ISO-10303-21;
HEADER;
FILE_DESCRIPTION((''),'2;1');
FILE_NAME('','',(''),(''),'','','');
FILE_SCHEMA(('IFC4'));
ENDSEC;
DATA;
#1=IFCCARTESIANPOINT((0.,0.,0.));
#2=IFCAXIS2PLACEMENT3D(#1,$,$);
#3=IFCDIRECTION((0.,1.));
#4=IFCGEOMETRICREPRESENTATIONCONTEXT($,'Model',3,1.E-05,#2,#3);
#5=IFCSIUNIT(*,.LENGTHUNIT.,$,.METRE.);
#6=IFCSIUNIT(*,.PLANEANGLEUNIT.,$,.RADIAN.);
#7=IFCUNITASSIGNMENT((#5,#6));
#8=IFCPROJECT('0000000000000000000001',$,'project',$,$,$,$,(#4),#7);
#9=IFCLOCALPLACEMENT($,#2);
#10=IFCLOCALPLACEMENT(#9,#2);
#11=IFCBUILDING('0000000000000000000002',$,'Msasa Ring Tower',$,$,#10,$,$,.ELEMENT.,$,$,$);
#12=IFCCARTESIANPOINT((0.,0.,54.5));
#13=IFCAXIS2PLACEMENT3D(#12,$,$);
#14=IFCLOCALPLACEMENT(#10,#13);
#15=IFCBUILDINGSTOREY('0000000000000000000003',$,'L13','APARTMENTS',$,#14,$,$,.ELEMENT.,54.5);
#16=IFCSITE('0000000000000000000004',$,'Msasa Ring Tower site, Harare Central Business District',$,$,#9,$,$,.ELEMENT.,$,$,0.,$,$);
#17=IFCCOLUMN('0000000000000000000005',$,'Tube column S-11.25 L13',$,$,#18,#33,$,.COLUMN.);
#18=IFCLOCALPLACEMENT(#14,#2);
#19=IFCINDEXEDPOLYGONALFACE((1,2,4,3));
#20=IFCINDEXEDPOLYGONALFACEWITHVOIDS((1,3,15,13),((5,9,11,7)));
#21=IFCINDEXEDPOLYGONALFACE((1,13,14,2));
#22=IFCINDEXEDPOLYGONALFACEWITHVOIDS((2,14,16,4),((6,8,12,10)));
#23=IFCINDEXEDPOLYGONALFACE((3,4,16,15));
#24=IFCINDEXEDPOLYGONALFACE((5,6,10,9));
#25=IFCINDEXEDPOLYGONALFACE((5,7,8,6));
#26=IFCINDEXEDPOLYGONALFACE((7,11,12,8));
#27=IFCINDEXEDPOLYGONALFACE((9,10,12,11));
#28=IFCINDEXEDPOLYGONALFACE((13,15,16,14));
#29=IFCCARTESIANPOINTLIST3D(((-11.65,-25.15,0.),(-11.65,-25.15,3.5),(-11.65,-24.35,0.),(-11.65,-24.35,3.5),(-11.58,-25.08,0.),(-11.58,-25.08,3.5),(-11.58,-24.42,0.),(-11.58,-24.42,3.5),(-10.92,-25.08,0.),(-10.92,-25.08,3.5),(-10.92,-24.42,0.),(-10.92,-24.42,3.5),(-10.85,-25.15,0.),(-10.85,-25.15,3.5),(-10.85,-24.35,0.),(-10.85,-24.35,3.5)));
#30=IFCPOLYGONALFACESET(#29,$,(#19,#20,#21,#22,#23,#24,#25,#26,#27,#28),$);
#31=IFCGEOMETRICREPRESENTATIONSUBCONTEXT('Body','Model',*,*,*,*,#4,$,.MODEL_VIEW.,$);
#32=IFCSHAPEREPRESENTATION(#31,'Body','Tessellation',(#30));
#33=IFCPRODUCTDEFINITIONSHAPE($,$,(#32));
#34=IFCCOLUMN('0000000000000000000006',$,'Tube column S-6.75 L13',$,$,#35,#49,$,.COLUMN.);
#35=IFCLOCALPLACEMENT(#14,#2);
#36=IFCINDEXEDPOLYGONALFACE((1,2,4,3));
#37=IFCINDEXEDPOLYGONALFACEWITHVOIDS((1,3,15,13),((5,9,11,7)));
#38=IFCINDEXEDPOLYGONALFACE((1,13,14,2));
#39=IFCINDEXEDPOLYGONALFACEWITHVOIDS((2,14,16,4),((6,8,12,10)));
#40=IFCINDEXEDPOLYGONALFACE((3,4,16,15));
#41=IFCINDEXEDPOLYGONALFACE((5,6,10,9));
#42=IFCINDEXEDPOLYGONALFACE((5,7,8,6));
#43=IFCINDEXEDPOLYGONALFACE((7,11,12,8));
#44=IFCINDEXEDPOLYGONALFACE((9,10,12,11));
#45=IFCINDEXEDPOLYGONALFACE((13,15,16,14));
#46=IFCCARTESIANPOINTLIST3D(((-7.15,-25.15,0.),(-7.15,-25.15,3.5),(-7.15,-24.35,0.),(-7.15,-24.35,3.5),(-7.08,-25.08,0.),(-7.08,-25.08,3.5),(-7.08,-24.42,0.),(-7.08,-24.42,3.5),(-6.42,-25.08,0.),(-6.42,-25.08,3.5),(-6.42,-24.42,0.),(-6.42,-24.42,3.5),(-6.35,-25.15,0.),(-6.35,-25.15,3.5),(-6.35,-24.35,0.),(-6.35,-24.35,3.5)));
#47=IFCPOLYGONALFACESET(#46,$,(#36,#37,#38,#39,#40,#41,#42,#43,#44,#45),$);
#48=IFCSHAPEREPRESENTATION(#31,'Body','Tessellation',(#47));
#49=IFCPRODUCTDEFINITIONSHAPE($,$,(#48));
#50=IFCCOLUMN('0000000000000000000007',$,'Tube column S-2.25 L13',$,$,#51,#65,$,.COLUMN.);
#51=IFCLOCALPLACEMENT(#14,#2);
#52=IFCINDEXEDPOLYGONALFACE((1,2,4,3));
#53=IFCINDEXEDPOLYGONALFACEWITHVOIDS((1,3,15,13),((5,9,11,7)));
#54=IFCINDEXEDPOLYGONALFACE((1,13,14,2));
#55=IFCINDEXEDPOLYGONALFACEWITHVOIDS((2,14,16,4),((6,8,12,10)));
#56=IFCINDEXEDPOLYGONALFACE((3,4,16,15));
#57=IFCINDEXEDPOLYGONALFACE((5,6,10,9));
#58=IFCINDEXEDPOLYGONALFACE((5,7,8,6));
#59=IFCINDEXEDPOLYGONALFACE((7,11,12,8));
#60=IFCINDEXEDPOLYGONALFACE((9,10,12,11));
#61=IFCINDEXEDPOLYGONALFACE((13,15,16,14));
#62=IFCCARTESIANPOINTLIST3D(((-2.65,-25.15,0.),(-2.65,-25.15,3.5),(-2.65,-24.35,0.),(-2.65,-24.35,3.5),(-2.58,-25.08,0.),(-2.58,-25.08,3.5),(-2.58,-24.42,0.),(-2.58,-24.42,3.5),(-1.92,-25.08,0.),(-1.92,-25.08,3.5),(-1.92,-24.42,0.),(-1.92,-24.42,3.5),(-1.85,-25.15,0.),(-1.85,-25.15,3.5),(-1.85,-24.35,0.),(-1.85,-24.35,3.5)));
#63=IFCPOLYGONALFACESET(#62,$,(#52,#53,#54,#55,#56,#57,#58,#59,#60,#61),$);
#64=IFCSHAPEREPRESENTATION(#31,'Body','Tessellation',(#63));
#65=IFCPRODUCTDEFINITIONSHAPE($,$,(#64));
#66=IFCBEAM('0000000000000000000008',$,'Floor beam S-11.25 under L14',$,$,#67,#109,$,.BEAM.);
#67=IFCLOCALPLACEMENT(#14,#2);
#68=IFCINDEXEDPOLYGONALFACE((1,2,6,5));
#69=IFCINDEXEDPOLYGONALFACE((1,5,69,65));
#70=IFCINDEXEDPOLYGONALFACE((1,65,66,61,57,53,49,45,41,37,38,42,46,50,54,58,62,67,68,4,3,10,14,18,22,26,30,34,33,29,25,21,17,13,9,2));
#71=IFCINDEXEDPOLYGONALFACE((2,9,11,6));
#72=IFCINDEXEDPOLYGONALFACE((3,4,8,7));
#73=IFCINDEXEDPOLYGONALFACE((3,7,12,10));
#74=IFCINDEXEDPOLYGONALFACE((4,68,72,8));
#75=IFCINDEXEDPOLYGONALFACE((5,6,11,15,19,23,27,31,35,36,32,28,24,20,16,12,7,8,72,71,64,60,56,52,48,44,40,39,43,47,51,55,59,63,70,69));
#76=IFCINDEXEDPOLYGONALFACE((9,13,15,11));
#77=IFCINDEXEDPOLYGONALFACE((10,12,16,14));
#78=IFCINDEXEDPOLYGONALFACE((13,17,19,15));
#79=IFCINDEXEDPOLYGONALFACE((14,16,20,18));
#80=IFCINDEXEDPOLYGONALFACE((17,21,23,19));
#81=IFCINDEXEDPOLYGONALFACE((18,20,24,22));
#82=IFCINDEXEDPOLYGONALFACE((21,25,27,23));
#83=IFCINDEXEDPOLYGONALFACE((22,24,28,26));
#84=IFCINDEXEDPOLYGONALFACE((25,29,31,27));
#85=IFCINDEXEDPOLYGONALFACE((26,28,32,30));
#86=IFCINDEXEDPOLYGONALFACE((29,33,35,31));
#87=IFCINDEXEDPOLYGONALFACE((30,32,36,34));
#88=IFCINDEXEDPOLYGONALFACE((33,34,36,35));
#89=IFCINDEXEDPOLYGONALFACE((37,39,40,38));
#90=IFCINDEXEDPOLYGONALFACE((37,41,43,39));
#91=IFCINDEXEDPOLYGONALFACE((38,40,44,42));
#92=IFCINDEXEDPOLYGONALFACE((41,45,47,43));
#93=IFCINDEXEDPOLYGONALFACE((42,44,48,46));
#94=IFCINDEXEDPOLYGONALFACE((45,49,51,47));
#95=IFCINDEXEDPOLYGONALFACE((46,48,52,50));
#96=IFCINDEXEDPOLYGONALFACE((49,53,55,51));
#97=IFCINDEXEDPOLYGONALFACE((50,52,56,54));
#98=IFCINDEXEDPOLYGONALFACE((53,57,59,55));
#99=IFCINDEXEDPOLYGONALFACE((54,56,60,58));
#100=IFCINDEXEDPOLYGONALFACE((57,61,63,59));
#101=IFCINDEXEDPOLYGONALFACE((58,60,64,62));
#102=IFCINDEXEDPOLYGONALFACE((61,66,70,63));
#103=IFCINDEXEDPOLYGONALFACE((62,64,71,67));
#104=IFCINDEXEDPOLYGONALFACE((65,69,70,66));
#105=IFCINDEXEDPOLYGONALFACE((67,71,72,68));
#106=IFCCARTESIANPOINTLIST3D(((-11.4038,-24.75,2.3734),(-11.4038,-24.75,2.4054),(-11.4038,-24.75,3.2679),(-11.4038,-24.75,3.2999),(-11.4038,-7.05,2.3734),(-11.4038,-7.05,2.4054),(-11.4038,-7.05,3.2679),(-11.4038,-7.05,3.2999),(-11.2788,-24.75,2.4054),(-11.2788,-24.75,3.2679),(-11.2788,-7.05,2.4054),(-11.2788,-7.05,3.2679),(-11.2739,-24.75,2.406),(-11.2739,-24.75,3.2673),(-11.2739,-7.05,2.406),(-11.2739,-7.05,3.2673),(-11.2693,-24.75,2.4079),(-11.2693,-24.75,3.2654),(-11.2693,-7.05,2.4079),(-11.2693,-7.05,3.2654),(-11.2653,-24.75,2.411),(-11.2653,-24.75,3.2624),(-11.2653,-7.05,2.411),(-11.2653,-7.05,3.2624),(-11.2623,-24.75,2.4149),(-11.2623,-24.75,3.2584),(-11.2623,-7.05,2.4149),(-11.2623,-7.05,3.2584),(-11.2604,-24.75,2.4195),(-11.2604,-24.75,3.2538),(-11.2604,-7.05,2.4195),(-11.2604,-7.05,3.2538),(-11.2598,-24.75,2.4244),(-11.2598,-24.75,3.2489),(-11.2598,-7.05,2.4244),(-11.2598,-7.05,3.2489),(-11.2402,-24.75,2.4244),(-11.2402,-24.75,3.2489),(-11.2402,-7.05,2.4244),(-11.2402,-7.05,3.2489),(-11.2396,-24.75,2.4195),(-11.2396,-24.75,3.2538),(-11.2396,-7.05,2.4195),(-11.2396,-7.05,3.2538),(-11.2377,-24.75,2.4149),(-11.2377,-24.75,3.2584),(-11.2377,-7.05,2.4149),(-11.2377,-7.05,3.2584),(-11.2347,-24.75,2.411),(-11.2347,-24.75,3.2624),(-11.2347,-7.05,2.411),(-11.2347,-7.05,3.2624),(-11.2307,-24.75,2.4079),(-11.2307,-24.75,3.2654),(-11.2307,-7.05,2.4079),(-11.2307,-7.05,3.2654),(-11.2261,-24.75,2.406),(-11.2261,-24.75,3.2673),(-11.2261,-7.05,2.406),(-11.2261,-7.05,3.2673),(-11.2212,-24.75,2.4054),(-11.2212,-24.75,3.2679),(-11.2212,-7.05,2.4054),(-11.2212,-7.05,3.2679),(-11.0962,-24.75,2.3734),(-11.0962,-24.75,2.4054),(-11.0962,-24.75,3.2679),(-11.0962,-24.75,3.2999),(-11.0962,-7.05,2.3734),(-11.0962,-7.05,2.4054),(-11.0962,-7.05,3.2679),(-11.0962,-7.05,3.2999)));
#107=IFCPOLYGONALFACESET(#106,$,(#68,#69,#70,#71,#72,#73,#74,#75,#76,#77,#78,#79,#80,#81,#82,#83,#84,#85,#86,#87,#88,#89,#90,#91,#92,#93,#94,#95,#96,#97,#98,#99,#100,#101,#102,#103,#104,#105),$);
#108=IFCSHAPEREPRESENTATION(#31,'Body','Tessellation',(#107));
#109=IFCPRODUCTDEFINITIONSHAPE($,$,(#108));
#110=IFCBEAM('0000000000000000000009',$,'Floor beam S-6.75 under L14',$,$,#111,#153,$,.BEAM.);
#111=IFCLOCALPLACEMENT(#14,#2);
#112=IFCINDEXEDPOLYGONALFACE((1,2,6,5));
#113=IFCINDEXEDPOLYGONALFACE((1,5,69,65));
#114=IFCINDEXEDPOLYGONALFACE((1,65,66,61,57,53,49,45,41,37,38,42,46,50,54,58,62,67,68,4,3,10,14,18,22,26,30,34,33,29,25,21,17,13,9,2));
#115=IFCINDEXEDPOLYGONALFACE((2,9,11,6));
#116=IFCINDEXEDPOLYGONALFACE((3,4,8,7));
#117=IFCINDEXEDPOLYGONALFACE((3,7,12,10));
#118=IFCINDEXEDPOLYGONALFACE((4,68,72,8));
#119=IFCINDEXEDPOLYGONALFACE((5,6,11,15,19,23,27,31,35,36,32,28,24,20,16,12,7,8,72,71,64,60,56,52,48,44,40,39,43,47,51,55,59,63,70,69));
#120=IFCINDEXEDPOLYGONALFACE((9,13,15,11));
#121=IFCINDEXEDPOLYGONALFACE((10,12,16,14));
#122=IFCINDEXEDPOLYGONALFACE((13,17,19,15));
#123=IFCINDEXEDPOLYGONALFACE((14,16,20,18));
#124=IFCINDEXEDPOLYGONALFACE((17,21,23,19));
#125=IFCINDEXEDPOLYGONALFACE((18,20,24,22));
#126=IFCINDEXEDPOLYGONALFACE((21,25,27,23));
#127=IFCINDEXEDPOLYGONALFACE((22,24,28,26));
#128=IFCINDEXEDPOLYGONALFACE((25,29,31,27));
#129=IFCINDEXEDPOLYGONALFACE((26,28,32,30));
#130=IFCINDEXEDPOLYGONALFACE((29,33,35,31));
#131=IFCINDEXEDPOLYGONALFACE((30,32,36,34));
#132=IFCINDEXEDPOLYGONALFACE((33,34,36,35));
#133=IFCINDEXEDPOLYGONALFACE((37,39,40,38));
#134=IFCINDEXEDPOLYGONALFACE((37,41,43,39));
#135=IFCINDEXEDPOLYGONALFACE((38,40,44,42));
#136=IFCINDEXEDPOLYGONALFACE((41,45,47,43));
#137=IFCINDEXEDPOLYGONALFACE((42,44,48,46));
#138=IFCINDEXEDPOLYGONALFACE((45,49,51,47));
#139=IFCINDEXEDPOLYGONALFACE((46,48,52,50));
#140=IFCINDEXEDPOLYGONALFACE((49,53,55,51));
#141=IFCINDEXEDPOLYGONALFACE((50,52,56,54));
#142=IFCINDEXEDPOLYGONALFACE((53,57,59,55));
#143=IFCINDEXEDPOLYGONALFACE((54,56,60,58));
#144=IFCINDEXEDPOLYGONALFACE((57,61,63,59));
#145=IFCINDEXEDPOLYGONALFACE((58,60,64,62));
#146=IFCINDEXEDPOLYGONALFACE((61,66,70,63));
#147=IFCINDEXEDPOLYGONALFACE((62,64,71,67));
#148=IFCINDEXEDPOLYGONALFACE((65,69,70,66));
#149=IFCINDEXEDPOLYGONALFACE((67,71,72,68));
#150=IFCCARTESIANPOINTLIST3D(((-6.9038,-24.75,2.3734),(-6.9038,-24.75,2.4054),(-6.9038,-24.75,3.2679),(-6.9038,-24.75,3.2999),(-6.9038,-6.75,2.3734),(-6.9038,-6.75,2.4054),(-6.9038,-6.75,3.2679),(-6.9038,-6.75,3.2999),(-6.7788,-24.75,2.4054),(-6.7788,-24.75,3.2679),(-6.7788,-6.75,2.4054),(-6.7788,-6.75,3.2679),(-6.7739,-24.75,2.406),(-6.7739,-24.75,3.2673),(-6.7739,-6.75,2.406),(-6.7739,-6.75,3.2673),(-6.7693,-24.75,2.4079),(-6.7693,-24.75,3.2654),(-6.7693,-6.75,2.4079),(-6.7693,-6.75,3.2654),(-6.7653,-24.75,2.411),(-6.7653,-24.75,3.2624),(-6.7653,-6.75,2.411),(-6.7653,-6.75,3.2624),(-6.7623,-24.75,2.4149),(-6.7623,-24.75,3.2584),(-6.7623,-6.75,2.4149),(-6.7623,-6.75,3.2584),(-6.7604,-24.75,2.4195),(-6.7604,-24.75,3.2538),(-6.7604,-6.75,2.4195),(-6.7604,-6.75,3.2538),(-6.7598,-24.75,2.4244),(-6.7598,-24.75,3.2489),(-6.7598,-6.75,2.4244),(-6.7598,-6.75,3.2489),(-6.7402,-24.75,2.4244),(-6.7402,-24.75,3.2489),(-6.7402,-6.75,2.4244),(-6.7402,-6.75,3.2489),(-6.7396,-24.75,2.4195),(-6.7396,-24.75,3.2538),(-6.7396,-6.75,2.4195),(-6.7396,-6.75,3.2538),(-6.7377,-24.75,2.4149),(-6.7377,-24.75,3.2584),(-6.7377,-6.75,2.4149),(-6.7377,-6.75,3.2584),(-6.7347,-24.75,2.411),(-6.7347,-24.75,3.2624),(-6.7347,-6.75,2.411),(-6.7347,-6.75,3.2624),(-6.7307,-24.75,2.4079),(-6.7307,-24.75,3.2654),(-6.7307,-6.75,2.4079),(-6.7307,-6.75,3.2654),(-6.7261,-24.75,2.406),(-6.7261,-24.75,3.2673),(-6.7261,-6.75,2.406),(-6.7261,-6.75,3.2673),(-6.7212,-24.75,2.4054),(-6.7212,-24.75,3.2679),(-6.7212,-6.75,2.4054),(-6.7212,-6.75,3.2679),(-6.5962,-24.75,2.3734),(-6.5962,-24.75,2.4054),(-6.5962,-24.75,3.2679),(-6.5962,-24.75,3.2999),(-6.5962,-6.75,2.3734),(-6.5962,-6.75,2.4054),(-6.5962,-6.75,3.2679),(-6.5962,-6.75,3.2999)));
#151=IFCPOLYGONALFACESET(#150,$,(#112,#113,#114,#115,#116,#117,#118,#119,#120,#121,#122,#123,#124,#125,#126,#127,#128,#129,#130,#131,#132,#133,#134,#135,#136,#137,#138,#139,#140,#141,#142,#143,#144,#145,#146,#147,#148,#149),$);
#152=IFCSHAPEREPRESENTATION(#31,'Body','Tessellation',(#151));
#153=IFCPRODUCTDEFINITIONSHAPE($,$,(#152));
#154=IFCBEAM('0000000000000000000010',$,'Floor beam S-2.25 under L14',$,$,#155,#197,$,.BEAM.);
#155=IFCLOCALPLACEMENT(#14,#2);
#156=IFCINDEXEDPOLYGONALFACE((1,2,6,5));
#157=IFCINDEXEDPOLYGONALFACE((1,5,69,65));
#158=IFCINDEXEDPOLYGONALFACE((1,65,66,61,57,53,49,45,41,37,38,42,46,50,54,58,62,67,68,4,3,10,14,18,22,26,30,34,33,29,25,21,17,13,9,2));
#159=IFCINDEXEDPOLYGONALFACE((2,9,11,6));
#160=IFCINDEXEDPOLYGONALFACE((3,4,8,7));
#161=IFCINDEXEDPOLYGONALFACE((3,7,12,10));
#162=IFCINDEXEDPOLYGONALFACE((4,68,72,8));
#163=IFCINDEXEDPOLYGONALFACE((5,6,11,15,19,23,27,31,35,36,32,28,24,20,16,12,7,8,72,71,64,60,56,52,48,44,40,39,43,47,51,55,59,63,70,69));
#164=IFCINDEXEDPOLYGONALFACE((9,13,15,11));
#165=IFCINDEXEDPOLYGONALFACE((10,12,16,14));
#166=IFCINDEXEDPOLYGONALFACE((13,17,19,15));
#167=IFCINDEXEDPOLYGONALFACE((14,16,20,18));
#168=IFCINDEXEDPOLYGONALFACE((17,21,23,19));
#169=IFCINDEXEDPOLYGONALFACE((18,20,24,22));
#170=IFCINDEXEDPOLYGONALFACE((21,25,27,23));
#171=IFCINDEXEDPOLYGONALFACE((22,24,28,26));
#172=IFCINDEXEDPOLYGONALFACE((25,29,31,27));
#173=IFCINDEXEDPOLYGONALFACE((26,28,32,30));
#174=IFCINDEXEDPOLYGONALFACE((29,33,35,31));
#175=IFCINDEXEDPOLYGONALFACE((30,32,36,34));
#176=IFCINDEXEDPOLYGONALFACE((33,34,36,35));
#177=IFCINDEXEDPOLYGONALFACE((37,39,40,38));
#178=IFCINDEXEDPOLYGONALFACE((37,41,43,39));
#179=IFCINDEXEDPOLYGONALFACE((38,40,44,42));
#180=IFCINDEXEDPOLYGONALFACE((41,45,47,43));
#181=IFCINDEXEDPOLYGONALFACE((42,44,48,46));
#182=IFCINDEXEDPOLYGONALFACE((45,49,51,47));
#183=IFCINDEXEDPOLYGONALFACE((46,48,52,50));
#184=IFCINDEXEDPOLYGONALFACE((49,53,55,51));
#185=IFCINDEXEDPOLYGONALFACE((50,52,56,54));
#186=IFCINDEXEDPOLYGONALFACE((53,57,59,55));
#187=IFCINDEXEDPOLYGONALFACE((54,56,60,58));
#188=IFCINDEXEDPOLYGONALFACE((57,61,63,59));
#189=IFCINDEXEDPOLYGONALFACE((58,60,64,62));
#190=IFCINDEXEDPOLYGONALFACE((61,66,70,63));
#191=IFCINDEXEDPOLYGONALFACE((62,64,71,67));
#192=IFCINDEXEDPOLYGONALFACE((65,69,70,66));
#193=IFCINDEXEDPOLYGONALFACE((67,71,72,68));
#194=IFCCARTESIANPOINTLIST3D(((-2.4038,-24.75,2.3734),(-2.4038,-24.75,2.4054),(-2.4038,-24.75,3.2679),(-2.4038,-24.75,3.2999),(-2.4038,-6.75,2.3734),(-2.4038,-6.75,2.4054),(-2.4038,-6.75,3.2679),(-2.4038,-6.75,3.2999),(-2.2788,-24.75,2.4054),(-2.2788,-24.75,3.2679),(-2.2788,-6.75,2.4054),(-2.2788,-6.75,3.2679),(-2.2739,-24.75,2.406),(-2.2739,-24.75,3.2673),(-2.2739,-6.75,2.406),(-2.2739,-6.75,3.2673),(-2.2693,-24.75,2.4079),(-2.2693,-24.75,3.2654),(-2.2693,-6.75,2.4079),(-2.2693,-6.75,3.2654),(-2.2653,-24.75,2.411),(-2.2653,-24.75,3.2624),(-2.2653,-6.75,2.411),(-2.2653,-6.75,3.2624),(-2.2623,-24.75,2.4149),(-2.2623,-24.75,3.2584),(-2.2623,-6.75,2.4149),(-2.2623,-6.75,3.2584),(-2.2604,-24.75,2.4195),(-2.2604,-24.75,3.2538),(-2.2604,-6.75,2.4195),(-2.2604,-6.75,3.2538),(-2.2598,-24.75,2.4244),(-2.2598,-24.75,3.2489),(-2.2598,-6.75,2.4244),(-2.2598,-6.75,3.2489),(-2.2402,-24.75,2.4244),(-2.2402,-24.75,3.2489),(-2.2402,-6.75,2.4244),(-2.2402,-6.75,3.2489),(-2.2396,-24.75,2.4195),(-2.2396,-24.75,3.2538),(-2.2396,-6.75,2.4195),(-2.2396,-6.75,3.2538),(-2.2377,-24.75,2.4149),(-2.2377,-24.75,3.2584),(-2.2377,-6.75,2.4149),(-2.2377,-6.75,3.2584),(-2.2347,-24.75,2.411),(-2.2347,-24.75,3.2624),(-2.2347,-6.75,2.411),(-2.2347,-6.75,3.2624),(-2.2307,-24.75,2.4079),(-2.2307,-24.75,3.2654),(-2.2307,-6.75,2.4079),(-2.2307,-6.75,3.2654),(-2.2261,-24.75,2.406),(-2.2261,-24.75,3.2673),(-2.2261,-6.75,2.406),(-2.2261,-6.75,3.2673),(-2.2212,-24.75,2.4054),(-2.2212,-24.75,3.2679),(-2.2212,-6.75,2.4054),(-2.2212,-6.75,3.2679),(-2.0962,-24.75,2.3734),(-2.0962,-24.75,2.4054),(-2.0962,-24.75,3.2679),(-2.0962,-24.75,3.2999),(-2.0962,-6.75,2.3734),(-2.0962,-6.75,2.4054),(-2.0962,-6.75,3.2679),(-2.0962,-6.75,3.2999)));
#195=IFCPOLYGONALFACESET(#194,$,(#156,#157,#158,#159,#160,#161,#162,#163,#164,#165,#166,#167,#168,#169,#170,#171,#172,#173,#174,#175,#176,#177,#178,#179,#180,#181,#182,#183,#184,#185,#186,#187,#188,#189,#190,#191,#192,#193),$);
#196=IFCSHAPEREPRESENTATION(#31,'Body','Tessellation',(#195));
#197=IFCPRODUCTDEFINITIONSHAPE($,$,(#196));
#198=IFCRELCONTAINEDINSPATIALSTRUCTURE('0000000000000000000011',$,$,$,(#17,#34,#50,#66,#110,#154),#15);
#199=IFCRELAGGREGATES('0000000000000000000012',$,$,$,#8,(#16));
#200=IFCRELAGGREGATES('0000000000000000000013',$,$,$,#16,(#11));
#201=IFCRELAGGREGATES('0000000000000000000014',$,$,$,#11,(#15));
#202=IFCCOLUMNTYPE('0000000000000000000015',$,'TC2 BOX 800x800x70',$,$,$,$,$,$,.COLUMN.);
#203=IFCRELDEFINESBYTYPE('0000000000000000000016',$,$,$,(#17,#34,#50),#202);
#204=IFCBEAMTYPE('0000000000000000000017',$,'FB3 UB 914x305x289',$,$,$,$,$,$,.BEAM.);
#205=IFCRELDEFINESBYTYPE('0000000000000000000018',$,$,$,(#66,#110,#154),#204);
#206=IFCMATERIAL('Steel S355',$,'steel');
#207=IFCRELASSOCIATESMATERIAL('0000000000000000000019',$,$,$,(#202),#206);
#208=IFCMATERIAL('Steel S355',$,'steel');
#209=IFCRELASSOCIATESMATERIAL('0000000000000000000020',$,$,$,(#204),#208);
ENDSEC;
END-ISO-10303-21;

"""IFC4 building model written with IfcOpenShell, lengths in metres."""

from ifc_helpers import new_model, si_unit, direction, frame, origin, origin_2d, place, context, subcontext, project, spatial, hollow_rectangle, i_section, extrude, material, material_profile, profile_set, type_object, element, save


model = new_model("IFC4")

# Units and contexts
model_context = context("Model", 3, precision=1e-05, world=origin(), true_north=direction((0.0, 1.0)))
body_context = subcontext(model_context, "Body", "Model", "MODEL_VIEW")
ifc_project = project(units=[si_unit("LENGTHUNIT", "METRE"), si_unit("PLANEANGLEUNIT", "RADIAN")], contexts=[model_context])

# Site, building, storey
site_placement = place(None, origin())
site = spatial("IfcSite", under=ifc_project, at=site_placement, Name="Msasa Ring Tower site, Harare Central Business District", CompositionType="ELEMENT", RefElevation=0.0)
building_placement = place(site_placement, origin())
building = spatial("IfcBuilding", under=site, at=building_placement, Name="Msasa Ring Tower", CompositionType="ELEMENT")
storey_placement = place(building_placement, frame((0.0, 0.0, 54.5)))
storey = spatial("IfcBuildingStorey", under=building, at=storey_placement, Name="L13", Description="APARTMENTS", CompositionType="ELEMENT", Elevation=54.5)

# Columns
ifc_material_1 = material(Name="Steel S355", Category="steel")
ifc_material_profile_1 = material_profile(ifc_material_1, hollow_rectangle(XDim=0.8, YDim=0.8, WallThickness=0.0701, at=origin_2d()), Name="BOX 800x800x70")
ifc_profile_set_1 = profile_set([ifc_material_profile_1], Name="Steel S355")
column_type = type_object("IfcColumnType", Name="TC2 BOX 800x800x70", PredefinedType="COLUMN", material=ifc_profile_set_1)
for number, where, z_axis, x_axis, name in (
    (1, (-11.25, -24.75, 0.0), (0.0, 0.0, 1.0), (0.0, 1.0, 0.0), "Tube column S-11.25 L13"),
    (2, (-6.75, -24.75, 0.0), (0.0, 0.0, 1.0), (0.0, 1.0, 0.0), "Tube column S-6.75 L13"),
    (3, (-2.25, -24.75, 0.0), (0.0, 0.0, 1.0), (0.0, 1.0, 0.0), "Tube column S-2.25 L13"),
):
    element("IfcColumn", number, at=place(storey_placement, frame(where, z_axis=z_axis, x_axis=x_axis)), inside=storey, type_object=column_type, Name=name, PredefinedType="COLUMN", context=body_context, shape_type="SweptSolid", body=[
        extrude(hollow_rectangle(XDim=0.8, YDim=0.8, WallThickness=0.0701, at=origin_2d()), origin(), (0.0, 0.0, 1.0), 3.5),
    ])

# Beams
ifc_material_2 = material(Name="Steel S355", Category="steel")
ifc_material_profile_2 = material_profile(ifc_material_2, i_section(OverallWidth=0.3076, OverallDepth=0.9265, WebThickness=0.0195, FlangeThickness=0.032, FilletRadius=0.019, at=origin_2d()), Name="UB 914x305x289")
ifc_profile_set_2 = profile_set([ifc_material_profile_2], Name="Steel S355")
beam_type_1 = type_object("IfcBeamType", Name="FB3 UB 914x305x289", PredefinedType="BEAM", material=ifc_profile_set_2)
beam_placement = place(storey_placement, frame((-11.25, -24.75, 2.8367), z_axis=(0.0, 1.0, 0.0), x_axis=(-1.0, 0.0, 0.0)))
element("IfcBeam", 4, at=beam_placement, inside=storey, type_object=beam_type_1, Name="Floor beam S-11.25 under L14", PredefinedType="BEAM", context=body_context, shape_type="SweptSolid", body=[
    extrude(i_section(OverallWidth=0.3076, OverallDepth=0.9265, WebThickness=0.0195, FlangeThickness=0.032, FilletRadius=0.019, at=origin_2d()), origin(), (0.0, 0.0, 1.0), 17.7),
])
for number, where, z_axis, x_axis, name in (
    (5, (-6.75, -24.75, 2.8367), (0.0, 1.0, 0.0), (-1.0, 0.0, 0.0), "Floor beam S-6.75 under L14"),
    (6, (-2.25, -24.75, 2.8367), (0.0, 1.0, 0.0), (-1.0, 0.0, 0.0), "Floor beam S-2.25 under L14"),
):
    element("IfcBeam", number, at=place(storey_placement, frame(where, z_axis=z_axis, x_axis=x_axis)), inside=storey, type_object=beam_type_1, Name=name, PredefinedType="BEAM", context=body_context, shape_type="SweptSolid", body=[
        extrude(i_section(OverallWidth=0.3076, OverallDepth=0.9265, WebThickness=0.0195, FlangeThickness=0.032, FilletRadius=0.019, at=origin_2d()), origin(), (0.0, 0.0, 1.0), 18.0),
    ])

save(model, "model.ifc")
